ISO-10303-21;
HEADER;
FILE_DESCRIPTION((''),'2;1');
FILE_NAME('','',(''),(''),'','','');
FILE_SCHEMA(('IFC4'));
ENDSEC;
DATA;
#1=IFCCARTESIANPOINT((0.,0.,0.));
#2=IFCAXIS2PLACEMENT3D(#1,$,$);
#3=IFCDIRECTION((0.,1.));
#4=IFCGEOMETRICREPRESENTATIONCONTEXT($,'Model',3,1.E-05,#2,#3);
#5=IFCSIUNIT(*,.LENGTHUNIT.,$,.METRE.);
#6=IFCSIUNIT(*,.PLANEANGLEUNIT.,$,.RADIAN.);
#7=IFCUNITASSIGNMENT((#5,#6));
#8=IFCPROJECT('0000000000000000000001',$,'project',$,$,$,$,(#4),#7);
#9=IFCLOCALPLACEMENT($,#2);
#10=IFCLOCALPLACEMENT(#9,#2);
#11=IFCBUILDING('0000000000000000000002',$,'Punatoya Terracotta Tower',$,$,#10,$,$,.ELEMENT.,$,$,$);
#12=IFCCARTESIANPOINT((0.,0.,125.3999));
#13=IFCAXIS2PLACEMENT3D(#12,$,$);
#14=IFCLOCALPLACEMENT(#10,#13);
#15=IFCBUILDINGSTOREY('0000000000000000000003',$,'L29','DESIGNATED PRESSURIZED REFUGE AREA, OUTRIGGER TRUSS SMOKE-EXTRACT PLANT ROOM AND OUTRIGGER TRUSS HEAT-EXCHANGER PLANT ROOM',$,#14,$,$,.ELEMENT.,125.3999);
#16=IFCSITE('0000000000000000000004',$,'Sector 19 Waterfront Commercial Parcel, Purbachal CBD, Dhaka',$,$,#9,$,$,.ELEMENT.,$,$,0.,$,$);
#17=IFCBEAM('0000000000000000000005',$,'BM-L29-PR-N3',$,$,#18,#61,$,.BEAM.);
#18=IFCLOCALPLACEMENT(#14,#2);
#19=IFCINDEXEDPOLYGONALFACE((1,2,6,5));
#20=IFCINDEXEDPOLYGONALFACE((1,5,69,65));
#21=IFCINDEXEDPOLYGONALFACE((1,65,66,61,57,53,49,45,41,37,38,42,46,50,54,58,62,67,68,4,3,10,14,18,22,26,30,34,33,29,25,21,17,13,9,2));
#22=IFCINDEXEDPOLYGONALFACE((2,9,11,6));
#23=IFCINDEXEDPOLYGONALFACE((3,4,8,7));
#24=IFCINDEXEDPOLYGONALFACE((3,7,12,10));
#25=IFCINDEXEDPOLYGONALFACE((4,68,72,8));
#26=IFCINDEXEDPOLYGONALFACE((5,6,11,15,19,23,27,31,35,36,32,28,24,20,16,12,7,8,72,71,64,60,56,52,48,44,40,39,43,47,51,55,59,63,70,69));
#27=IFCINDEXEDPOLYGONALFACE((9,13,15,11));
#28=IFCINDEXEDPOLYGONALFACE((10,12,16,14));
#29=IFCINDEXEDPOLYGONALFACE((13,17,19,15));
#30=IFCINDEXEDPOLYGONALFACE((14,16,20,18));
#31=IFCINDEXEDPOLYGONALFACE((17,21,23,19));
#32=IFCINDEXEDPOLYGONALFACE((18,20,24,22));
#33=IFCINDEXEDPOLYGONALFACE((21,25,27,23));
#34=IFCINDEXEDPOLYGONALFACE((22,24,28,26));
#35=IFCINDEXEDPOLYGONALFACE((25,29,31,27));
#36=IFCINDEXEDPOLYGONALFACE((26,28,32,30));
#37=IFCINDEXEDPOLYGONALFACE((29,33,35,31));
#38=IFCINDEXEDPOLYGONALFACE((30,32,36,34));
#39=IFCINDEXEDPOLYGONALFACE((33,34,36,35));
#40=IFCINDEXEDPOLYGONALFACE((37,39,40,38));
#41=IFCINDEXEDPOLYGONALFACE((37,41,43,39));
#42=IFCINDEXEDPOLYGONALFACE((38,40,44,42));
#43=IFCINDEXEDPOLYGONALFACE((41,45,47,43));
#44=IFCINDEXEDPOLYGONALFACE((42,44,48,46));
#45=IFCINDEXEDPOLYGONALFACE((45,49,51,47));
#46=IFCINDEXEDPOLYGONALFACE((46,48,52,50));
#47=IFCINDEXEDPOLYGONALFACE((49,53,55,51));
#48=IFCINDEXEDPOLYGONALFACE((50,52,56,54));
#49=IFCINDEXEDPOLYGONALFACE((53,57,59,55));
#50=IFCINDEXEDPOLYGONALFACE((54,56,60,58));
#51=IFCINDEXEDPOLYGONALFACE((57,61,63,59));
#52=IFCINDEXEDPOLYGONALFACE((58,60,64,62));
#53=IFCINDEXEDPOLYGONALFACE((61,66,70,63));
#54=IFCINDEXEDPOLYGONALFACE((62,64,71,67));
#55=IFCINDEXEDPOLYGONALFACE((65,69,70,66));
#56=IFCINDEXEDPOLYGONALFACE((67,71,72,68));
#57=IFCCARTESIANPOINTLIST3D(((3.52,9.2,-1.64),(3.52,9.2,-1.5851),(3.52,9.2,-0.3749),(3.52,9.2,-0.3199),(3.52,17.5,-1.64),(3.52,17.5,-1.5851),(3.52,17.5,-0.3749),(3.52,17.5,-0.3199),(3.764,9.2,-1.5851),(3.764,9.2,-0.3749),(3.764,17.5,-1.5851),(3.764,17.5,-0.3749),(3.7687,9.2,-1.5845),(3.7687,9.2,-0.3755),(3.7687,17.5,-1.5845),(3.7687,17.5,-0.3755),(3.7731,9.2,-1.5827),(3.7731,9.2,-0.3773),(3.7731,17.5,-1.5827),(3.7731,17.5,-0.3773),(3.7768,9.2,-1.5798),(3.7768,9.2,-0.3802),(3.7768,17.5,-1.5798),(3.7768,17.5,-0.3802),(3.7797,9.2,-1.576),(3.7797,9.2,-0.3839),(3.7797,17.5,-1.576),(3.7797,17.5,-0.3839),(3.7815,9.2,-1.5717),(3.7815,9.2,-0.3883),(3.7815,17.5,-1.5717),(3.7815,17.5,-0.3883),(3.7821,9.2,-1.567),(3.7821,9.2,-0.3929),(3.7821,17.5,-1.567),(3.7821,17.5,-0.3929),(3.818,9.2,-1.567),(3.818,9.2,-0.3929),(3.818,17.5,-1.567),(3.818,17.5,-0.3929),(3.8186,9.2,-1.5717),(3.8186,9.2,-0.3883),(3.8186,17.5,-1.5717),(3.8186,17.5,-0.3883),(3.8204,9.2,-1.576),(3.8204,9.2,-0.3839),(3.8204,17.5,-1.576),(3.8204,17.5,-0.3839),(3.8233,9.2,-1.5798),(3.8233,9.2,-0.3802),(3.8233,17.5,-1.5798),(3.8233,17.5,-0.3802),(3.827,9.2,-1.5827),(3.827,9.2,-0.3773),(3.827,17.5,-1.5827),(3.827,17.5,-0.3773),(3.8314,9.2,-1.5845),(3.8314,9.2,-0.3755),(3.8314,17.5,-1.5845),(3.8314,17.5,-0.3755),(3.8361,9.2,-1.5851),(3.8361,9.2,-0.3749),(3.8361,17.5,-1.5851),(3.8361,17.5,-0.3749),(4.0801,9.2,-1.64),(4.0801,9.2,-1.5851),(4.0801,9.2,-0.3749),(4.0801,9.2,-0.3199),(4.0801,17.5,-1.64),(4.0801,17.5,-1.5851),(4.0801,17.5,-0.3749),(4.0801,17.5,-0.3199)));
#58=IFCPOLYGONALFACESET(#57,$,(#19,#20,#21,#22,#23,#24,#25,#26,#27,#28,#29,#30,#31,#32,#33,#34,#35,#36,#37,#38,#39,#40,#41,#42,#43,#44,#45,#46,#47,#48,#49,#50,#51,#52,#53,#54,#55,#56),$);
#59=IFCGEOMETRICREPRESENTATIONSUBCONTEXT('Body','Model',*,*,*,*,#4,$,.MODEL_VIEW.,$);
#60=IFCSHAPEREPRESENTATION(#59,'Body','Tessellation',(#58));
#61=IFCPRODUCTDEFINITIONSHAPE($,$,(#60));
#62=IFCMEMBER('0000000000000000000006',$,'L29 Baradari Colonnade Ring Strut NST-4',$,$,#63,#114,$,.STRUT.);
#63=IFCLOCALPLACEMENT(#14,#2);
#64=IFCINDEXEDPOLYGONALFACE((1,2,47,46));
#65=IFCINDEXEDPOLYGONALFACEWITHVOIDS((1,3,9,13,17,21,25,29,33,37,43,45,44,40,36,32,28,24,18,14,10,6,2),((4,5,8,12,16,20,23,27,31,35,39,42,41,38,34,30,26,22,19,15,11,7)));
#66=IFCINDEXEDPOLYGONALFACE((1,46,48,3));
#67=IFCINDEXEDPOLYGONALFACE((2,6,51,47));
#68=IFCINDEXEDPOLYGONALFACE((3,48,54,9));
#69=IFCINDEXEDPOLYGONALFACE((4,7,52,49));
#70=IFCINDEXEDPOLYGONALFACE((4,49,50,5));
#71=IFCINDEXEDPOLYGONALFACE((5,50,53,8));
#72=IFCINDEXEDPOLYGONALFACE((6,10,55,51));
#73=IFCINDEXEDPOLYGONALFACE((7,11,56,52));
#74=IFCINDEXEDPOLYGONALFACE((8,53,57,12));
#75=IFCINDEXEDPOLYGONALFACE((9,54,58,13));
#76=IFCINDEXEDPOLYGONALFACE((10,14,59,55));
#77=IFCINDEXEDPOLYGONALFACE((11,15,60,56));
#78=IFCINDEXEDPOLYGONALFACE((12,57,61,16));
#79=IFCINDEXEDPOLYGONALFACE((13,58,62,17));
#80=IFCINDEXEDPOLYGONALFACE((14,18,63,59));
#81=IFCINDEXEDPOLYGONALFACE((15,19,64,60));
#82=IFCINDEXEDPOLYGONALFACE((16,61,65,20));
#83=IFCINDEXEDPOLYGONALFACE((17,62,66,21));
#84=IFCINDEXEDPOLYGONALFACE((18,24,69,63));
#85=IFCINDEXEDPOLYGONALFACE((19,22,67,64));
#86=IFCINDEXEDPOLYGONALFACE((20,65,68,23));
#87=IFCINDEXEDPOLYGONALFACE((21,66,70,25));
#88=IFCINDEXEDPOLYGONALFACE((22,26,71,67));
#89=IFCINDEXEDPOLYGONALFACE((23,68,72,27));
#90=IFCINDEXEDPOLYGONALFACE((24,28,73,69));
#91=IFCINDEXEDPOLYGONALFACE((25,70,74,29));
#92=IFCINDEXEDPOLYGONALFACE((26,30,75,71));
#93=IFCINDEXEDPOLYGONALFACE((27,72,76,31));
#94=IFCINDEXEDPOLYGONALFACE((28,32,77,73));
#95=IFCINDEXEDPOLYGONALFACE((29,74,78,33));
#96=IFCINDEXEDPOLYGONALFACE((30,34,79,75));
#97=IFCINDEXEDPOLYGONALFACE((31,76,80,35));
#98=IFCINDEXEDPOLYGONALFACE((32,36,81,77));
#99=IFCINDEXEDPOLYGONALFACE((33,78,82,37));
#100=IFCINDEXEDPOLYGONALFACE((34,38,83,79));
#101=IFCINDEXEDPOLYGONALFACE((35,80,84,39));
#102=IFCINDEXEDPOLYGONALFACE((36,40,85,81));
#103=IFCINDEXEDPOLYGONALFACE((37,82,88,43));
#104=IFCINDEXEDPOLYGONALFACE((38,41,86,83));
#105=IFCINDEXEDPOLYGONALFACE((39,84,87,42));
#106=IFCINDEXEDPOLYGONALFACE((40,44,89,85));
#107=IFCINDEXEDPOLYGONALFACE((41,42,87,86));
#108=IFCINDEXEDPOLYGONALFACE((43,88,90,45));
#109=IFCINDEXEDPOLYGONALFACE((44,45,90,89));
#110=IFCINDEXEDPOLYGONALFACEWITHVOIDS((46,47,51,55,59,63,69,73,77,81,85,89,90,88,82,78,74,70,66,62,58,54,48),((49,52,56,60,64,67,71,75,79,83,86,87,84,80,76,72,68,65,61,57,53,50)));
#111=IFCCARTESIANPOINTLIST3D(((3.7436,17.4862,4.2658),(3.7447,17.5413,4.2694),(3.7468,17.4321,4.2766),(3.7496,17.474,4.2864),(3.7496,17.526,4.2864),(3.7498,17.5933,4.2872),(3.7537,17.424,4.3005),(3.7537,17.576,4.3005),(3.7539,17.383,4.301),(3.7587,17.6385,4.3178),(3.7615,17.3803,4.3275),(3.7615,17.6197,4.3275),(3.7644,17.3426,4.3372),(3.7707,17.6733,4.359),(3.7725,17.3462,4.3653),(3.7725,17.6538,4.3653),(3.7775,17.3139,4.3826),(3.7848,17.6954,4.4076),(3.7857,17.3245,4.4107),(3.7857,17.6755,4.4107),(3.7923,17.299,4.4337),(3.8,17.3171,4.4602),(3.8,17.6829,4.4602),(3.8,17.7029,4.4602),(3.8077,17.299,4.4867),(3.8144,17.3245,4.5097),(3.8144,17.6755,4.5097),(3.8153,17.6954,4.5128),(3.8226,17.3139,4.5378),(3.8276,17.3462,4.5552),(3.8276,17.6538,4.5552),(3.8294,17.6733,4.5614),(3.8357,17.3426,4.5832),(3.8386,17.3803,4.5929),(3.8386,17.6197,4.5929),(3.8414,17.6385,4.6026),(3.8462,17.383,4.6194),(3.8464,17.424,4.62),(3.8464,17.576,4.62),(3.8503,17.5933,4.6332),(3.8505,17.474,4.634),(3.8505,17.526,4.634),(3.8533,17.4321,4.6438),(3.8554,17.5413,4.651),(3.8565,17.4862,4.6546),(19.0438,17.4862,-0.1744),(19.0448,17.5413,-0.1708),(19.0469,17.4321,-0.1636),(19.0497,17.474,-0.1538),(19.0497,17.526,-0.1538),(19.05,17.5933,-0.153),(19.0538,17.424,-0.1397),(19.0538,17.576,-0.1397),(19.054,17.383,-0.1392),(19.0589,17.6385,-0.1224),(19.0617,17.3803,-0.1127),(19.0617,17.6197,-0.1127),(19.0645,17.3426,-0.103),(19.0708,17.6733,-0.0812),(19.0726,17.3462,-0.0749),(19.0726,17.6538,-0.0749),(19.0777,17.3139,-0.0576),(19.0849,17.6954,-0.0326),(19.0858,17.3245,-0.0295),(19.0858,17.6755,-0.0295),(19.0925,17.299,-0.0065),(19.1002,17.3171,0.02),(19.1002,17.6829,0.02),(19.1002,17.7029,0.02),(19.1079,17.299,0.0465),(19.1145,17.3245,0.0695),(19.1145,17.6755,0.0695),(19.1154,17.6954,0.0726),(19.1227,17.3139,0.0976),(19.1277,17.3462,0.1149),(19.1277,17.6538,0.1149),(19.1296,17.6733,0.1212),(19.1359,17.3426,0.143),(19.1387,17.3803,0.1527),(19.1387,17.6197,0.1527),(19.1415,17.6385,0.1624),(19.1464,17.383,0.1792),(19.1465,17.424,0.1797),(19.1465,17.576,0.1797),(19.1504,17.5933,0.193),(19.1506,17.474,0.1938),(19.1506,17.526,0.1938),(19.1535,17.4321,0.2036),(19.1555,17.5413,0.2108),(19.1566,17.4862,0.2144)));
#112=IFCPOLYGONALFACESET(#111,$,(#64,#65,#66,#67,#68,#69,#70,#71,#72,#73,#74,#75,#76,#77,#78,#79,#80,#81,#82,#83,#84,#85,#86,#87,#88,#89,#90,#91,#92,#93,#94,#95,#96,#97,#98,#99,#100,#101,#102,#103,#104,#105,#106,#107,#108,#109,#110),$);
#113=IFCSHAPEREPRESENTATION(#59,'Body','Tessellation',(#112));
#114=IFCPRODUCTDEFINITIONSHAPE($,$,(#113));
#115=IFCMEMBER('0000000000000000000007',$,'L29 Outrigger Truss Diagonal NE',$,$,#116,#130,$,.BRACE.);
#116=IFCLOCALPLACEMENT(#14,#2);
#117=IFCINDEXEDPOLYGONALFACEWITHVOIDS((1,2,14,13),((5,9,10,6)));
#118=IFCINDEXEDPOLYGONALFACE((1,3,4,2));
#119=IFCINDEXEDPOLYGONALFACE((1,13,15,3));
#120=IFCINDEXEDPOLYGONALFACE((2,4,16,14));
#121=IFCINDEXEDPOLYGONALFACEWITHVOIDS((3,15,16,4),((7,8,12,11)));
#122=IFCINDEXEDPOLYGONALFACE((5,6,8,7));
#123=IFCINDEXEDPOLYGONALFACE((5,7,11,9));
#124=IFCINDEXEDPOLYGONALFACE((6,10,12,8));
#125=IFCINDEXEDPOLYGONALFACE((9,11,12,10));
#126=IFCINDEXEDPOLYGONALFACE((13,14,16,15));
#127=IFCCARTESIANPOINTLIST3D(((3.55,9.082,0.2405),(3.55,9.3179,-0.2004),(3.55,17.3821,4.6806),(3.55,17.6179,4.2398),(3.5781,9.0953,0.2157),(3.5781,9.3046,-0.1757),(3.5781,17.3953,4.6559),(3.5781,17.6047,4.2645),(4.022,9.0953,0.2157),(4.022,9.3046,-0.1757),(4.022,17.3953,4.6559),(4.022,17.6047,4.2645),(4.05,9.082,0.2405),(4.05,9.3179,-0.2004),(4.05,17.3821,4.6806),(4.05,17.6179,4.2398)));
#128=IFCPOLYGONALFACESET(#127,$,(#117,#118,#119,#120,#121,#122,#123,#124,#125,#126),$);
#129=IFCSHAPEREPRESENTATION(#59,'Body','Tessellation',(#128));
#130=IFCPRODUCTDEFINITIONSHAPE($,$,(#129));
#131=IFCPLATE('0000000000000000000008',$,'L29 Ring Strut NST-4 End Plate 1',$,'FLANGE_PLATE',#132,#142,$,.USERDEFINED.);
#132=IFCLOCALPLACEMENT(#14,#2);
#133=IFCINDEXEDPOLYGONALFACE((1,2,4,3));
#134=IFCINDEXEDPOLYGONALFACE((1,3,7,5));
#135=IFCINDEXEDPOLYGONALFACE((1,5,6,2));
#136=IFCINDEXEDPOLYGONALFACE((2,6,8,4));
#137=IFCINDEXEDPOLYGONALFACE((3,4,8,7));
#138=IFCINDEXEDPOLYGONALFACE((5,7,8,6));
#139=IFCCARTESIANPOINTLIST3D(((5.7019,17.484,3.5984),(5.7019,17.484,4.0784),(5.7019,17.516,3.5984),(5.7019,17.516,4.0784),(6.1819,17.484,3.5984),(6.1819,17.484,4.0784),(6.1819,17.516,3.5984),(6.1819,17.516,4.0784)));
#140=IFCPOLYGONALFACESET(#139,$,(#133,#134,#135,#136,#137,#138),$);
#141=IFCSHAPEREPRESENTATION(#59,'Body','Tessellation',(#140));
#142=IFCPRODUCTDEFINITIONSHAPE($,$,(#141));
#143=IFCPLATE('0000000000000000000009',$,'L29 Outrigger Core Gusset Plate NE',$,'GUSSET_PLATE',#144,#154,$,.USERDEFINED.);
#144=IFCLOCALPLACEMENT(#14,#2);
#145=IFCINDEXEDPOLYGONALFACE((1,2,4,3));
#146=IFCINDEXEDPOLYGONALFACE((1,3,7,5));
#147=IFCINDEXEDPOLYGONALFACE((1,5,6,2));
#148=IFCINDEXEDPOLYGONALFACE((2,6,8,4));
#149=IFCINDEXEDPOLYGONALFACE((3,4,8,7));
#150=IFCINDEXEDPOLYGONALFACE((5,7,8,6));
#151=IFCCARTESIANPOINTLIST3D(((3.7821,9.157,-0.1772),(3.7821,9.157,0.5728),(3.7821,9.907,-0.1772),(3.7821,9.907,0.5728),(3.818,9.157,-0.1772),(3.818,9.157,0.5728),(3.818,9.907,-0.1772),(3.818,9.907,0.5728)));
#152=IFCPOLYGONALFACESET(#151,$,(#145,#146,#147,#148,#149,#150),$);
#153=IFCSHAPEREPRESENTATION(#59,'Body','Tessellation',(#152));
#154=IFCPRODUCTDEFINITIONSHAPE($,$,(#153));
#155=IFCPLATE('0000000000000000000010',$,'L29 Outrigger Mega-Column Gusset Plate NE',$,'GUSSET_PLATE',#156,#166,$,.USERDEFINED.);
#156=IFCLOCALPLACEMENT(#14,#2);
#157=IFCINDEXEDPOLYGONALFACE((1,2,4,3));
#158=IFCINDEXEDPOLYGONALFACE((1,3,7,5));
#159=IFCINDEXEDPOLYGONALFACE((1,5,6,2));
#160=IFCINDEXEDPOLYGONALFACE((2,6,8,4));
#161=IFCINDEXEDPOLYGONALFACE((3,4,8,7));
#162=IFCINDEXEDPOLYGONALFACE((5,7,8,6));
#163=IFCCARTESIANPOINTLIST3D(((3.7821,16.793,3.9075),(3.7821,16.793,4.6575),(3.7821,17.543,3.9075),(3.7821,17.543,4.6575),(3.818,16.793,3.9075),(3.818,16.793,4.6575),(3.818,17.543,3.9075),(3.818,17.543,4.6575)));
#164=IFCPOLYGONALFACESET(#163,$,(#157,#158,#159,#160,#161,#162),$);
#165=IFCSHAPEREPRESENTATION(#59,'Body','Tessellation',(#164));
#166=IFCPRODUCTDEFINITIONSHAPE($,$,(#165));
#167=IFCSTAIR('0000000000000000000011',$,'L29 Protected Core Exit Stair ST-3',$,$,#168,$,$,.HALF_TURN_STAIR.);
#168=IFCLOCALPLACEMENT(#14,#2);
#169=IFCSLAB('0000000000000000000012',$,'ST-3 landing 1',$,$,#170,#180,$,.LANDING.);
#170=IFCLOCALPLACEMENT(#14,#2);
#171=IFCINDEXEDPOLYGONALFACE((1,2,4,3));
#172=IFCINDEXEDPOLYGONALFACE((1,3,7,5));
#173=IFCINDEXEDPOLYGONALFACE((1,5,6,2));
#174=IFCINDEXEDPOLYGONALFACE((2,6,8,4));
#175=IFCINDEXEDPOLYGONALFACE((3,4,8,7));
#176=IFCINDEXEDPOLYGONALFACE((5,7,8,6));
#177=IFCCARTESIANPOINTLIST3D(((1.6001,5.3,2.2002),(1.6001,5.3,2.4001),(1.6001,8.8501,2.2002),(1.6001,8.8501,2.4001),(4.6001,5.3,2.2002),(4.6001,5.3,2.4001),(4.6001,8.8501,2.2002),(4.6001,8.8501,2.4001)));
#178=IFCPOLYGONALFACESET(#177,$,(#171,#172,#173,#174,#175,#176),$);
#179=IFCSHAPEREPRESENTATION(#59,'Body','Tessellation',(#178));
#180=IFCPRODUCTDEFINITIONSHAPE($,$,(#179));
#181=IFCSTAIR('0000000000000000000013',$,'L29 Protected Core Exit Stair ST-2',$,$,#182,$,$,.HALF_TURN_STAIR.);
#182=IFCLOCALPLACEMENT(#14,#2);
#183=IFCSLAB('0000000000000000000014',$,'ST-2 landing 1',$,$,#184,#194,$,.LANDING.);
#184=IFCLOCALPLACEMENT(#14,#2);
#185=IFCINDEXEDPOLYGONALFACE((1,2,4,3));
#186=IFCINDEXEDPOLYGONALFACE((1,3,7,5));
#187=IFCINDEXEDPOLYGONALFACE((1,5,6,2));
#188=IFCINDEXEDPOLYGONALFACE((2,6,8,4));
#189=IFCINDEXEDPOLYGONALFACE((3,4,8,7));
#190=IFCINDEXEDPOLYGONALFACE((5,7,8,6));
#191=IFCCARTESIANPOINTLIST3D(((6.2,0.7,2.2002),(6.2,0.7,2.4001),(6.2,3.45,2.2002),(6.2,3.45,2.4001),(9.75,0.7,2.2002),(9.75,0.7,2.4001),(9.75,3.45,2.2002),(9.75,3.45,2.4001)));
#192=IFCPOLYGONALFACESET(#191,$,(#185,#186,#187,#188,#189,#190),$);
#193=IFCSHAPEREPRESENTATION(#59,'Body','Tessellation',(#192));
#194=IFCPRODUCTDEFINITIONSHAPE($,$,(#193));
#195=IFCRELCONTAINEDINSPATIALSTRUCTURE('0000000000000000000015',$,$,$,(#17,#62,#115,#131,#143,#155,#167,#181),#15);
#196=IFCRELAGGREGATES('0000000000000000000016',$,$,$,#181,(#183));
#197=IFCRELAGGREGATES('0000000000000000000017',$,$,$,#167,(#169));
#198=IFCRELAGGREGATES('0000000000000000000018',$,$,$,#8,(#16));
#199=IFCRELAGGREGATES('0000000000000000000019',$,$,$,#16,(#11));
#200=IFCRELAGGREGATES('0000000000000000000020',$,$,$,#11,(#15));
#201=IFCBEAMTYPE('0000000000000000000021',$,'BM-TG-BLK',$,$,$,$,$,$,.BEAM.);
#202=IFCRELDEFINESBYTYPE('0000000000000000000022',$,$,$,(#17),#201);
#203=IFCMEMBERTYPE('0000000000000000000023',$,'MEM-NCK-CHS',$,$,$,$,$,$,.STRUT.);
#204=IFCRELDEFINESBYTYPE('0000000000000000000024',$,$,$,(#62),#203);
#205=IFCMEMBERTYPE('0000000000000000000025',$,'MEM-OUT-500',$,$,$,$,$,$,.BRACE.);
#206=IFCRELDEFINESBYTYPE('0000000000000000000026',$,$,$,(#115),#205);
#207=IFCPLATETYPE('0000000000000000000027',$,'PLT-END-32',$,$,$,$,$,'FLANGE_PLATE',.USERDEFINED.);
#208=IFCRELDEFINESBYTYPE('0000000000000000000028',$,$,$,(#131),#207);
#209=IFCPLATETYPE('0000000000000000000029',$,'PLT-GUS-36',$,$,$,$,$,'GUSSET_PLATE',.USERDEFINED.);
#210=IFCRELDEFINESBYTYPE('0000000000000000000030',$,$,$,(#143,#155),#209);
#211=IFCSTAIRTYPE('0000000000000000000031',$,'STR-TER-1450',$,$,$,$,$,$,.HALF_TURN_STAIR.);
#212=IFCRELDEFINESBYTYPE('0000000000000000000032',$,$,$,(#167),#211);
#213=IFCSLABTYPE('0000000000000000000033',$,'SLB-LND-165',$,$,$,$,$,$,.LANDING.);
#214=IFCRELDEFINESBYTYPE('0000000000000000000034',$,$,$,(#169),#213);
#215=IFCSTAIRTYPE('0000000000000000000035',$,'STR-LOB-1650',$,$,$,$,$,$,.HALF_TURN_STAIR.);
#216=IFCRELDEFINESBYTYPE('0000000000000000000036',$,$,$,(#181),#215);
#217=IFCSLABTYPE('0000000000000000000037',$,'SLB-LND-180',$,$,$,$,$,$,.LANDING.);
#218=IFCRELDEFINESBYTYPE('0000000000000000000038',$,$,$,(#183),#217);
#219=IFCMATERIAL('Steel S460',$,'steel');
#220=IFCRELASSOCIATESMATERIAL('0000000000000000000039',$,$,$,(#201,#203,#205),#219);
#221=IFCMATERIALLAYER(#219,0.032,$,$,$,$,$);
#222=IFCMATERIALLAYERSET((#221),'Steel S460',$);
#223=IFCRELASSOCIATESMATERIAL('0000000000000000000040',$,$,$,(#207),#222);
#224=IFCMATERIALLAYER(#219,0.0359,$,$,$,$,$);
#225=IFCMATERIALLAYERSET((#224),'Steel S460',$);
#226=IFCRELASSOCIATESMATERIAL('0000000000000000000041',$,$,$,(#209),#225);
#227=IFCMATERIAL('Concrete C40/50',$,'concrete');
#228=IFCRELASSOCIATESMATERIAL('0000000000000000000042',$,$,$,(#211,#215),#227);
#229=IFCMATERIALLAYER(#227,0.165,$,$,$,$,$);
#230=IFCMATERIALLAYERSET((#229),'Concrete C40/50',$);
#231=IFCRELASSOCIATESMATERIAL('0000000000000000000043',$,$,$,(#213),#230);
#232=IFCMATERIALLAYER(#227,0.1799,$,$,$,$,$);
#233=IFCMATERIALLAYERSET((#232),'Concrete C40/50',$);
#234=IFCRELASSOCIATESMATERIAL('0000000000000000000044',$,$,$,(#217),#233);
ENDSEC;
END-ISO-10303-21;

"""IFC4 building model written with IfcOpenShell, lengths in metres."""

from ifc_helpers import new_model, si_unit, direction, frame, origin, origin_2d, place, context, subcontext, project, spatial, polyline, rectangle, hollow_rectangle, hollow_circle, i_section, outline, extrude, material, layer, layer_set, material_profile, profile_set, type_object, element, aggregate, save


model = new_model("IFC4")

# Units and contexts
model_context = context("Model", 3, precision=1e-05, world=origin(), true_north=direction((0.0, 1.0)))
body_context = subcontext(model_context, "Body", "Model", "MODEL_VIEW")
ifc_project = project(units=[si_unit("LENGTHUNIT", "METRE"), si_unit("PLANEANGLEUNIT", "RADIAN")], contexts=[model_context])

# Site, building, storey
site_placement = place(None, origin())
site = spatial("IfcSite", under=ifc_project, at=site_placement, Name="Sector 19 Waterfront Commercial Parcel, Purbachal CBD, Dhaka", CompositionType="ELEMENT", RefElevation=0.0)
building_placement = place(site_placement, origin())
building = spatial("IfcBuilding", under=site, at=building_placement, Name="Punatoya Terracotta Tower", CompositionType="ELEMENT")
storey_placement = place(building_placement, frame((0.0, 0.0, 125.3999)))
storey = spatial("IfcBuildingStorey", under=building, at=storey_placement, Name="L29", Description="DESIGNATED PRESSURIZED REFUGE AREA, OUTRIGGER TRUSS SMOKE-EXTRACT PLANT ROOM AND OUTRIGGER TRUSS HEAT-EXCHANGER PLANT ROOM", CompositionType="ELEMENT", Elevation=125.3999)

# Shared definitions
ifc_material_1 = material(Name="Steel S460", Category="steel")

# Beam
ifc_material_profile_1 = material_profile(ifc_material_1, i_section(OverallWidth=0.5601, OverallDepth=1.3201, WebThickness=0.0359, FlangeThickness=0.0549, FilletRadius=0.0181, at=origin_2d()))
ifc_profile_set_1 = profile_set([ifc_material_profile_1], Name="Steel S460")
beam_type_1 = type_object("IfcBeamType", Name="BM-TG-BLK", PredefinedType="BEAM", material=ifc_profile_set_1)
beam_1_placement = place(storey_placement, frame((3.8, 9.2, -0.98), z_axis=(0.0, 1.0, 0.0), x_axis=(-1.0, 0.0, 0.0)))
element("IfcBeam", 1, at=beam_1_placement, inside=storey, type_object=beam_type_1, Name="BM-L29-PR-N3", PredefinedType="BEAM", context=body_context, shape_type="SweptSolid", body=[
    extrude(i_section(OverallWidth=0.5601, OverallDepth=1.3201, WebThickness=0.0359, FlangeThickness=0.0549, FilletRadius=0.0181, at=origin_2d()), origin(), (0.0, 0.0, 1.0), 8.3),
])

# Members
ifc_material_profile_2 = material_profile(ifc_material_1, hollow_circle(Radius=0.2029, WallThickness=0.02, at=origin_2d()))
ifc_profile_set_2 = profile_set([ifc_material_profile_2], Name="Steel S460")
member_type_1 = type_object("IfcMemberType", Name="MEM-NCK-CHS", PredefinedType="STRUT", material=ifc_profile_set_2)
member_1_placement = place(storey_placement, frame((3.8, 17.5, 4.4602), z_axis=(0.960376, 0.0, -0.278708), x_axis=(0.0, 1.0, 0.0)))
element("IfcMember", 2, at=member_1_placement, inside=storey, type_object=member_type_1, Name="L29 Baradari Colonnade Ring Strut NST-4", PredefinedType="STRUT", context=body_context, shape_type="SweptSolid", body=[
    extrude(hollow_circle(Radius=0.2029, WallThickness=0.02, at=origin_2d()), origin(), (0.0, 0.0, 1.0), 15.9314),
])
ifc_material_profile_3 = material_profile(ifc_material_1, hollow_rectangle(XDim=0.5, YDim=0.5, WallThickness=0.0281, at=origin_2d()))
ifc_profile_set_3 = profile_set([ifc_material_profile_3], Name="Steel S460")
member_type_2 = type_object("IfcMemberType", Name="MEM-OUT-500", PredefinedType="BRACE", material=ifc_profile_set_3)
member_2_placement = place(storey_placement, frame((3.8, 9.2, 0.02), z_axis=(0.0, 0.881757, 0.471704), x_axis=(-1.0, 0.0, 0.0)))
element("IfcMember", 3, at=member_2_placement, inside=storey, type_object=member_type_2, Name="L29 Outrigger Truss Diagonal NE", PredefinedType="BRACE", context=body_context, shape_type="SweptSolid", body=[
    extrude(hollow_rectangle(XDim=0.5, YDim=0.5, WallThickness=0.0281, at=origin_2d()), origin(), (0.0, 0.0, 1.0), 9.4131),
])

# Plates
ifc_layer_1 = layer(ifc_material_1, 0.032)
ifc_layer_set_1 = layer_set([ifc_layer_1], Name="Steel S460")
plate_type_1 = type_object("IfcPlateType", Name="PLT-END-32", ElementType="FLANGE_PLATE", PredefinedType="USERDEFINED", material=ifc_layer_set_1)
plate_placement = place(storey_placement, frame((5.9419, 17.5, 3.5984), z_axis=(0.0, 0.0, 1.0), x_axis=(1.0, 0.0, 0.0)))
element("IfcPlate", 4, at=plate_placement, inside=storey, type_object=plate_type_1, Name="L29 Ring Strut NST-4 End Plate 1", ObjectType="FLANGE_PLATE", PredefinedType="USERDEFINED", context=body_context, shape_type="SweptSolid", body=[
    extrude(rectangle(XDim=0.48, YDim=0.032, at=origin_2d()), origin(), (0.0, 0.0, 1.0), 0.48),
])
ifc_layer_2 = layer(ifc_material_1, 0.0359)
ifc_layer_set_2 = layer_set([ifc_layer_2], Name="Steel S460")
plate_type_2 = type_object("IfcPlateType", Name="PLT-GUS-36", ElementType="GUSSET_PLATE", PredefinedType="USERDEFINED", material=ifc_layer_set_2)
for number, where, z_axis, x_axis, name in (
    (5, (3.8, 9.532, -0.1772), (0.0, 0.0, 1.0), (0.0, 1.0, 0.0), "L29 Outrigger Core Gusset Plate NE"),
    (6, (3.8, 17.168, 3.9075), (0.0, 0.0, 1.0), (0.0, 1.0, 0.0), "L29 Outrigger Mega-Column Gusset Plate NE"),
):
    element("IfcPlate", number, at=place(storey_placement, frame(where, z_axis=z_axis, x_axis=x_axis)), inside=storey, type_object=plate_type_2, Name=name, ObjectType="GUSSET_PLATE", PredefinedType="USERDEFINED", context=body_context, shape_type="SweptSolid", body=[
        extrude(rectangle(XDim=0.75, YDim=0.0359, at=origin_2d()), origin(), (0.0, 0.0, 1.0), 0.75),
    ])

# Stairs, slabs
ifc_material_2 = material(Name="Concrete C40/50", Category="concrete")
stair_type_1 = type_object("IfcStairType", Name="STR-TER-1450", PredefinedType="HALF_TURN_STAIR", material=ifc_material_2)
stair_1_placement = place(storey_placement, origin())
stair_1 = element("IfcStair", 7, at=stair_1_placement, inside=storey, type_object=stair_type_1, Name="L29 Protected Core Exit Stair ST-3", PredefinedType="HALF_TURN_STAIR")
ifc_layer_3 = layer(ifc_material_2, 0.165)
ifc_layer_set_3 = layer_set([ifc_layer_3], Name="Concrete C40/50")
slab_type_1 = type_object("IfcSlabType", Name="SLB-LND-165", PredefinedType="LANDING", material=ifc_layer_set_3)
slab_1_placement = place(storey_placement, frame((0.0, 0.0, 2.2002)))
slab_1 = element("IfcSlab", 8, at=slab_1_placement, type_object=slab_type_1, Name="ST-3 landing 1", PredefinedType="LANDING", context=body_context, shape_type="SweptSolid", body=[
    extrude(outline(polyline([(1.6001, 5.3), (4.6001, 5.3), (4.6001, 8.8501), (1.6001, 8.8501), (1.6001, 5.3)])), origin(), (0.0, 0.0, 1.0), 0.2),
])
stair_type_2 = type_object("IfcStairType", Name="STR-LOB-1650", PredefinedType="HALF_TURN_STAIR", material=ifc_material_2)
stair_2_placement = place(storey_placement, origin())
stair_2 = element("IfcStair", 9, at=stair_2_placement, inside=storey, type_object=stair_type_2, Name="L29 Protected Core Exit Stair ST-2", PredefinedType="HALF_TURN_STAIR")
ifc_layer_4 = layer(ifc_material_2, 0.1799)
ifc_layer_set_4 = layer_set([ifc_layer_4], Name="Concrete C40/50")
slab_type_2 = type_object("IfcSlabType", Name="SLB-LND-180", PredefinedType="LANDING", material=ifc_layer_set_4)
slab_2_placement = place(storey_placement, frame((0.0, 0.0, 2.2002)))
slab_2 = element("IfcSlab", 10, at=slab_2_placement, type_object=slab_type_2, Name="ST-2 landing 1", PredefinedType="LANDING", context=body_context, shape_type="SweptSolid", body=[
    extrude(outline(polyline([(9.75, 0.7), (9.75, 3.45), (6.2, 3.45), (6.2, 0.7), (9.75, 0.7)])), origin(), (0.0, 0.0, 1.0), 0.2),
])
aggregate(stair_2, [slab_2])

aggregate(stair_1, [slab_1])

save(model, "model.ifc")
